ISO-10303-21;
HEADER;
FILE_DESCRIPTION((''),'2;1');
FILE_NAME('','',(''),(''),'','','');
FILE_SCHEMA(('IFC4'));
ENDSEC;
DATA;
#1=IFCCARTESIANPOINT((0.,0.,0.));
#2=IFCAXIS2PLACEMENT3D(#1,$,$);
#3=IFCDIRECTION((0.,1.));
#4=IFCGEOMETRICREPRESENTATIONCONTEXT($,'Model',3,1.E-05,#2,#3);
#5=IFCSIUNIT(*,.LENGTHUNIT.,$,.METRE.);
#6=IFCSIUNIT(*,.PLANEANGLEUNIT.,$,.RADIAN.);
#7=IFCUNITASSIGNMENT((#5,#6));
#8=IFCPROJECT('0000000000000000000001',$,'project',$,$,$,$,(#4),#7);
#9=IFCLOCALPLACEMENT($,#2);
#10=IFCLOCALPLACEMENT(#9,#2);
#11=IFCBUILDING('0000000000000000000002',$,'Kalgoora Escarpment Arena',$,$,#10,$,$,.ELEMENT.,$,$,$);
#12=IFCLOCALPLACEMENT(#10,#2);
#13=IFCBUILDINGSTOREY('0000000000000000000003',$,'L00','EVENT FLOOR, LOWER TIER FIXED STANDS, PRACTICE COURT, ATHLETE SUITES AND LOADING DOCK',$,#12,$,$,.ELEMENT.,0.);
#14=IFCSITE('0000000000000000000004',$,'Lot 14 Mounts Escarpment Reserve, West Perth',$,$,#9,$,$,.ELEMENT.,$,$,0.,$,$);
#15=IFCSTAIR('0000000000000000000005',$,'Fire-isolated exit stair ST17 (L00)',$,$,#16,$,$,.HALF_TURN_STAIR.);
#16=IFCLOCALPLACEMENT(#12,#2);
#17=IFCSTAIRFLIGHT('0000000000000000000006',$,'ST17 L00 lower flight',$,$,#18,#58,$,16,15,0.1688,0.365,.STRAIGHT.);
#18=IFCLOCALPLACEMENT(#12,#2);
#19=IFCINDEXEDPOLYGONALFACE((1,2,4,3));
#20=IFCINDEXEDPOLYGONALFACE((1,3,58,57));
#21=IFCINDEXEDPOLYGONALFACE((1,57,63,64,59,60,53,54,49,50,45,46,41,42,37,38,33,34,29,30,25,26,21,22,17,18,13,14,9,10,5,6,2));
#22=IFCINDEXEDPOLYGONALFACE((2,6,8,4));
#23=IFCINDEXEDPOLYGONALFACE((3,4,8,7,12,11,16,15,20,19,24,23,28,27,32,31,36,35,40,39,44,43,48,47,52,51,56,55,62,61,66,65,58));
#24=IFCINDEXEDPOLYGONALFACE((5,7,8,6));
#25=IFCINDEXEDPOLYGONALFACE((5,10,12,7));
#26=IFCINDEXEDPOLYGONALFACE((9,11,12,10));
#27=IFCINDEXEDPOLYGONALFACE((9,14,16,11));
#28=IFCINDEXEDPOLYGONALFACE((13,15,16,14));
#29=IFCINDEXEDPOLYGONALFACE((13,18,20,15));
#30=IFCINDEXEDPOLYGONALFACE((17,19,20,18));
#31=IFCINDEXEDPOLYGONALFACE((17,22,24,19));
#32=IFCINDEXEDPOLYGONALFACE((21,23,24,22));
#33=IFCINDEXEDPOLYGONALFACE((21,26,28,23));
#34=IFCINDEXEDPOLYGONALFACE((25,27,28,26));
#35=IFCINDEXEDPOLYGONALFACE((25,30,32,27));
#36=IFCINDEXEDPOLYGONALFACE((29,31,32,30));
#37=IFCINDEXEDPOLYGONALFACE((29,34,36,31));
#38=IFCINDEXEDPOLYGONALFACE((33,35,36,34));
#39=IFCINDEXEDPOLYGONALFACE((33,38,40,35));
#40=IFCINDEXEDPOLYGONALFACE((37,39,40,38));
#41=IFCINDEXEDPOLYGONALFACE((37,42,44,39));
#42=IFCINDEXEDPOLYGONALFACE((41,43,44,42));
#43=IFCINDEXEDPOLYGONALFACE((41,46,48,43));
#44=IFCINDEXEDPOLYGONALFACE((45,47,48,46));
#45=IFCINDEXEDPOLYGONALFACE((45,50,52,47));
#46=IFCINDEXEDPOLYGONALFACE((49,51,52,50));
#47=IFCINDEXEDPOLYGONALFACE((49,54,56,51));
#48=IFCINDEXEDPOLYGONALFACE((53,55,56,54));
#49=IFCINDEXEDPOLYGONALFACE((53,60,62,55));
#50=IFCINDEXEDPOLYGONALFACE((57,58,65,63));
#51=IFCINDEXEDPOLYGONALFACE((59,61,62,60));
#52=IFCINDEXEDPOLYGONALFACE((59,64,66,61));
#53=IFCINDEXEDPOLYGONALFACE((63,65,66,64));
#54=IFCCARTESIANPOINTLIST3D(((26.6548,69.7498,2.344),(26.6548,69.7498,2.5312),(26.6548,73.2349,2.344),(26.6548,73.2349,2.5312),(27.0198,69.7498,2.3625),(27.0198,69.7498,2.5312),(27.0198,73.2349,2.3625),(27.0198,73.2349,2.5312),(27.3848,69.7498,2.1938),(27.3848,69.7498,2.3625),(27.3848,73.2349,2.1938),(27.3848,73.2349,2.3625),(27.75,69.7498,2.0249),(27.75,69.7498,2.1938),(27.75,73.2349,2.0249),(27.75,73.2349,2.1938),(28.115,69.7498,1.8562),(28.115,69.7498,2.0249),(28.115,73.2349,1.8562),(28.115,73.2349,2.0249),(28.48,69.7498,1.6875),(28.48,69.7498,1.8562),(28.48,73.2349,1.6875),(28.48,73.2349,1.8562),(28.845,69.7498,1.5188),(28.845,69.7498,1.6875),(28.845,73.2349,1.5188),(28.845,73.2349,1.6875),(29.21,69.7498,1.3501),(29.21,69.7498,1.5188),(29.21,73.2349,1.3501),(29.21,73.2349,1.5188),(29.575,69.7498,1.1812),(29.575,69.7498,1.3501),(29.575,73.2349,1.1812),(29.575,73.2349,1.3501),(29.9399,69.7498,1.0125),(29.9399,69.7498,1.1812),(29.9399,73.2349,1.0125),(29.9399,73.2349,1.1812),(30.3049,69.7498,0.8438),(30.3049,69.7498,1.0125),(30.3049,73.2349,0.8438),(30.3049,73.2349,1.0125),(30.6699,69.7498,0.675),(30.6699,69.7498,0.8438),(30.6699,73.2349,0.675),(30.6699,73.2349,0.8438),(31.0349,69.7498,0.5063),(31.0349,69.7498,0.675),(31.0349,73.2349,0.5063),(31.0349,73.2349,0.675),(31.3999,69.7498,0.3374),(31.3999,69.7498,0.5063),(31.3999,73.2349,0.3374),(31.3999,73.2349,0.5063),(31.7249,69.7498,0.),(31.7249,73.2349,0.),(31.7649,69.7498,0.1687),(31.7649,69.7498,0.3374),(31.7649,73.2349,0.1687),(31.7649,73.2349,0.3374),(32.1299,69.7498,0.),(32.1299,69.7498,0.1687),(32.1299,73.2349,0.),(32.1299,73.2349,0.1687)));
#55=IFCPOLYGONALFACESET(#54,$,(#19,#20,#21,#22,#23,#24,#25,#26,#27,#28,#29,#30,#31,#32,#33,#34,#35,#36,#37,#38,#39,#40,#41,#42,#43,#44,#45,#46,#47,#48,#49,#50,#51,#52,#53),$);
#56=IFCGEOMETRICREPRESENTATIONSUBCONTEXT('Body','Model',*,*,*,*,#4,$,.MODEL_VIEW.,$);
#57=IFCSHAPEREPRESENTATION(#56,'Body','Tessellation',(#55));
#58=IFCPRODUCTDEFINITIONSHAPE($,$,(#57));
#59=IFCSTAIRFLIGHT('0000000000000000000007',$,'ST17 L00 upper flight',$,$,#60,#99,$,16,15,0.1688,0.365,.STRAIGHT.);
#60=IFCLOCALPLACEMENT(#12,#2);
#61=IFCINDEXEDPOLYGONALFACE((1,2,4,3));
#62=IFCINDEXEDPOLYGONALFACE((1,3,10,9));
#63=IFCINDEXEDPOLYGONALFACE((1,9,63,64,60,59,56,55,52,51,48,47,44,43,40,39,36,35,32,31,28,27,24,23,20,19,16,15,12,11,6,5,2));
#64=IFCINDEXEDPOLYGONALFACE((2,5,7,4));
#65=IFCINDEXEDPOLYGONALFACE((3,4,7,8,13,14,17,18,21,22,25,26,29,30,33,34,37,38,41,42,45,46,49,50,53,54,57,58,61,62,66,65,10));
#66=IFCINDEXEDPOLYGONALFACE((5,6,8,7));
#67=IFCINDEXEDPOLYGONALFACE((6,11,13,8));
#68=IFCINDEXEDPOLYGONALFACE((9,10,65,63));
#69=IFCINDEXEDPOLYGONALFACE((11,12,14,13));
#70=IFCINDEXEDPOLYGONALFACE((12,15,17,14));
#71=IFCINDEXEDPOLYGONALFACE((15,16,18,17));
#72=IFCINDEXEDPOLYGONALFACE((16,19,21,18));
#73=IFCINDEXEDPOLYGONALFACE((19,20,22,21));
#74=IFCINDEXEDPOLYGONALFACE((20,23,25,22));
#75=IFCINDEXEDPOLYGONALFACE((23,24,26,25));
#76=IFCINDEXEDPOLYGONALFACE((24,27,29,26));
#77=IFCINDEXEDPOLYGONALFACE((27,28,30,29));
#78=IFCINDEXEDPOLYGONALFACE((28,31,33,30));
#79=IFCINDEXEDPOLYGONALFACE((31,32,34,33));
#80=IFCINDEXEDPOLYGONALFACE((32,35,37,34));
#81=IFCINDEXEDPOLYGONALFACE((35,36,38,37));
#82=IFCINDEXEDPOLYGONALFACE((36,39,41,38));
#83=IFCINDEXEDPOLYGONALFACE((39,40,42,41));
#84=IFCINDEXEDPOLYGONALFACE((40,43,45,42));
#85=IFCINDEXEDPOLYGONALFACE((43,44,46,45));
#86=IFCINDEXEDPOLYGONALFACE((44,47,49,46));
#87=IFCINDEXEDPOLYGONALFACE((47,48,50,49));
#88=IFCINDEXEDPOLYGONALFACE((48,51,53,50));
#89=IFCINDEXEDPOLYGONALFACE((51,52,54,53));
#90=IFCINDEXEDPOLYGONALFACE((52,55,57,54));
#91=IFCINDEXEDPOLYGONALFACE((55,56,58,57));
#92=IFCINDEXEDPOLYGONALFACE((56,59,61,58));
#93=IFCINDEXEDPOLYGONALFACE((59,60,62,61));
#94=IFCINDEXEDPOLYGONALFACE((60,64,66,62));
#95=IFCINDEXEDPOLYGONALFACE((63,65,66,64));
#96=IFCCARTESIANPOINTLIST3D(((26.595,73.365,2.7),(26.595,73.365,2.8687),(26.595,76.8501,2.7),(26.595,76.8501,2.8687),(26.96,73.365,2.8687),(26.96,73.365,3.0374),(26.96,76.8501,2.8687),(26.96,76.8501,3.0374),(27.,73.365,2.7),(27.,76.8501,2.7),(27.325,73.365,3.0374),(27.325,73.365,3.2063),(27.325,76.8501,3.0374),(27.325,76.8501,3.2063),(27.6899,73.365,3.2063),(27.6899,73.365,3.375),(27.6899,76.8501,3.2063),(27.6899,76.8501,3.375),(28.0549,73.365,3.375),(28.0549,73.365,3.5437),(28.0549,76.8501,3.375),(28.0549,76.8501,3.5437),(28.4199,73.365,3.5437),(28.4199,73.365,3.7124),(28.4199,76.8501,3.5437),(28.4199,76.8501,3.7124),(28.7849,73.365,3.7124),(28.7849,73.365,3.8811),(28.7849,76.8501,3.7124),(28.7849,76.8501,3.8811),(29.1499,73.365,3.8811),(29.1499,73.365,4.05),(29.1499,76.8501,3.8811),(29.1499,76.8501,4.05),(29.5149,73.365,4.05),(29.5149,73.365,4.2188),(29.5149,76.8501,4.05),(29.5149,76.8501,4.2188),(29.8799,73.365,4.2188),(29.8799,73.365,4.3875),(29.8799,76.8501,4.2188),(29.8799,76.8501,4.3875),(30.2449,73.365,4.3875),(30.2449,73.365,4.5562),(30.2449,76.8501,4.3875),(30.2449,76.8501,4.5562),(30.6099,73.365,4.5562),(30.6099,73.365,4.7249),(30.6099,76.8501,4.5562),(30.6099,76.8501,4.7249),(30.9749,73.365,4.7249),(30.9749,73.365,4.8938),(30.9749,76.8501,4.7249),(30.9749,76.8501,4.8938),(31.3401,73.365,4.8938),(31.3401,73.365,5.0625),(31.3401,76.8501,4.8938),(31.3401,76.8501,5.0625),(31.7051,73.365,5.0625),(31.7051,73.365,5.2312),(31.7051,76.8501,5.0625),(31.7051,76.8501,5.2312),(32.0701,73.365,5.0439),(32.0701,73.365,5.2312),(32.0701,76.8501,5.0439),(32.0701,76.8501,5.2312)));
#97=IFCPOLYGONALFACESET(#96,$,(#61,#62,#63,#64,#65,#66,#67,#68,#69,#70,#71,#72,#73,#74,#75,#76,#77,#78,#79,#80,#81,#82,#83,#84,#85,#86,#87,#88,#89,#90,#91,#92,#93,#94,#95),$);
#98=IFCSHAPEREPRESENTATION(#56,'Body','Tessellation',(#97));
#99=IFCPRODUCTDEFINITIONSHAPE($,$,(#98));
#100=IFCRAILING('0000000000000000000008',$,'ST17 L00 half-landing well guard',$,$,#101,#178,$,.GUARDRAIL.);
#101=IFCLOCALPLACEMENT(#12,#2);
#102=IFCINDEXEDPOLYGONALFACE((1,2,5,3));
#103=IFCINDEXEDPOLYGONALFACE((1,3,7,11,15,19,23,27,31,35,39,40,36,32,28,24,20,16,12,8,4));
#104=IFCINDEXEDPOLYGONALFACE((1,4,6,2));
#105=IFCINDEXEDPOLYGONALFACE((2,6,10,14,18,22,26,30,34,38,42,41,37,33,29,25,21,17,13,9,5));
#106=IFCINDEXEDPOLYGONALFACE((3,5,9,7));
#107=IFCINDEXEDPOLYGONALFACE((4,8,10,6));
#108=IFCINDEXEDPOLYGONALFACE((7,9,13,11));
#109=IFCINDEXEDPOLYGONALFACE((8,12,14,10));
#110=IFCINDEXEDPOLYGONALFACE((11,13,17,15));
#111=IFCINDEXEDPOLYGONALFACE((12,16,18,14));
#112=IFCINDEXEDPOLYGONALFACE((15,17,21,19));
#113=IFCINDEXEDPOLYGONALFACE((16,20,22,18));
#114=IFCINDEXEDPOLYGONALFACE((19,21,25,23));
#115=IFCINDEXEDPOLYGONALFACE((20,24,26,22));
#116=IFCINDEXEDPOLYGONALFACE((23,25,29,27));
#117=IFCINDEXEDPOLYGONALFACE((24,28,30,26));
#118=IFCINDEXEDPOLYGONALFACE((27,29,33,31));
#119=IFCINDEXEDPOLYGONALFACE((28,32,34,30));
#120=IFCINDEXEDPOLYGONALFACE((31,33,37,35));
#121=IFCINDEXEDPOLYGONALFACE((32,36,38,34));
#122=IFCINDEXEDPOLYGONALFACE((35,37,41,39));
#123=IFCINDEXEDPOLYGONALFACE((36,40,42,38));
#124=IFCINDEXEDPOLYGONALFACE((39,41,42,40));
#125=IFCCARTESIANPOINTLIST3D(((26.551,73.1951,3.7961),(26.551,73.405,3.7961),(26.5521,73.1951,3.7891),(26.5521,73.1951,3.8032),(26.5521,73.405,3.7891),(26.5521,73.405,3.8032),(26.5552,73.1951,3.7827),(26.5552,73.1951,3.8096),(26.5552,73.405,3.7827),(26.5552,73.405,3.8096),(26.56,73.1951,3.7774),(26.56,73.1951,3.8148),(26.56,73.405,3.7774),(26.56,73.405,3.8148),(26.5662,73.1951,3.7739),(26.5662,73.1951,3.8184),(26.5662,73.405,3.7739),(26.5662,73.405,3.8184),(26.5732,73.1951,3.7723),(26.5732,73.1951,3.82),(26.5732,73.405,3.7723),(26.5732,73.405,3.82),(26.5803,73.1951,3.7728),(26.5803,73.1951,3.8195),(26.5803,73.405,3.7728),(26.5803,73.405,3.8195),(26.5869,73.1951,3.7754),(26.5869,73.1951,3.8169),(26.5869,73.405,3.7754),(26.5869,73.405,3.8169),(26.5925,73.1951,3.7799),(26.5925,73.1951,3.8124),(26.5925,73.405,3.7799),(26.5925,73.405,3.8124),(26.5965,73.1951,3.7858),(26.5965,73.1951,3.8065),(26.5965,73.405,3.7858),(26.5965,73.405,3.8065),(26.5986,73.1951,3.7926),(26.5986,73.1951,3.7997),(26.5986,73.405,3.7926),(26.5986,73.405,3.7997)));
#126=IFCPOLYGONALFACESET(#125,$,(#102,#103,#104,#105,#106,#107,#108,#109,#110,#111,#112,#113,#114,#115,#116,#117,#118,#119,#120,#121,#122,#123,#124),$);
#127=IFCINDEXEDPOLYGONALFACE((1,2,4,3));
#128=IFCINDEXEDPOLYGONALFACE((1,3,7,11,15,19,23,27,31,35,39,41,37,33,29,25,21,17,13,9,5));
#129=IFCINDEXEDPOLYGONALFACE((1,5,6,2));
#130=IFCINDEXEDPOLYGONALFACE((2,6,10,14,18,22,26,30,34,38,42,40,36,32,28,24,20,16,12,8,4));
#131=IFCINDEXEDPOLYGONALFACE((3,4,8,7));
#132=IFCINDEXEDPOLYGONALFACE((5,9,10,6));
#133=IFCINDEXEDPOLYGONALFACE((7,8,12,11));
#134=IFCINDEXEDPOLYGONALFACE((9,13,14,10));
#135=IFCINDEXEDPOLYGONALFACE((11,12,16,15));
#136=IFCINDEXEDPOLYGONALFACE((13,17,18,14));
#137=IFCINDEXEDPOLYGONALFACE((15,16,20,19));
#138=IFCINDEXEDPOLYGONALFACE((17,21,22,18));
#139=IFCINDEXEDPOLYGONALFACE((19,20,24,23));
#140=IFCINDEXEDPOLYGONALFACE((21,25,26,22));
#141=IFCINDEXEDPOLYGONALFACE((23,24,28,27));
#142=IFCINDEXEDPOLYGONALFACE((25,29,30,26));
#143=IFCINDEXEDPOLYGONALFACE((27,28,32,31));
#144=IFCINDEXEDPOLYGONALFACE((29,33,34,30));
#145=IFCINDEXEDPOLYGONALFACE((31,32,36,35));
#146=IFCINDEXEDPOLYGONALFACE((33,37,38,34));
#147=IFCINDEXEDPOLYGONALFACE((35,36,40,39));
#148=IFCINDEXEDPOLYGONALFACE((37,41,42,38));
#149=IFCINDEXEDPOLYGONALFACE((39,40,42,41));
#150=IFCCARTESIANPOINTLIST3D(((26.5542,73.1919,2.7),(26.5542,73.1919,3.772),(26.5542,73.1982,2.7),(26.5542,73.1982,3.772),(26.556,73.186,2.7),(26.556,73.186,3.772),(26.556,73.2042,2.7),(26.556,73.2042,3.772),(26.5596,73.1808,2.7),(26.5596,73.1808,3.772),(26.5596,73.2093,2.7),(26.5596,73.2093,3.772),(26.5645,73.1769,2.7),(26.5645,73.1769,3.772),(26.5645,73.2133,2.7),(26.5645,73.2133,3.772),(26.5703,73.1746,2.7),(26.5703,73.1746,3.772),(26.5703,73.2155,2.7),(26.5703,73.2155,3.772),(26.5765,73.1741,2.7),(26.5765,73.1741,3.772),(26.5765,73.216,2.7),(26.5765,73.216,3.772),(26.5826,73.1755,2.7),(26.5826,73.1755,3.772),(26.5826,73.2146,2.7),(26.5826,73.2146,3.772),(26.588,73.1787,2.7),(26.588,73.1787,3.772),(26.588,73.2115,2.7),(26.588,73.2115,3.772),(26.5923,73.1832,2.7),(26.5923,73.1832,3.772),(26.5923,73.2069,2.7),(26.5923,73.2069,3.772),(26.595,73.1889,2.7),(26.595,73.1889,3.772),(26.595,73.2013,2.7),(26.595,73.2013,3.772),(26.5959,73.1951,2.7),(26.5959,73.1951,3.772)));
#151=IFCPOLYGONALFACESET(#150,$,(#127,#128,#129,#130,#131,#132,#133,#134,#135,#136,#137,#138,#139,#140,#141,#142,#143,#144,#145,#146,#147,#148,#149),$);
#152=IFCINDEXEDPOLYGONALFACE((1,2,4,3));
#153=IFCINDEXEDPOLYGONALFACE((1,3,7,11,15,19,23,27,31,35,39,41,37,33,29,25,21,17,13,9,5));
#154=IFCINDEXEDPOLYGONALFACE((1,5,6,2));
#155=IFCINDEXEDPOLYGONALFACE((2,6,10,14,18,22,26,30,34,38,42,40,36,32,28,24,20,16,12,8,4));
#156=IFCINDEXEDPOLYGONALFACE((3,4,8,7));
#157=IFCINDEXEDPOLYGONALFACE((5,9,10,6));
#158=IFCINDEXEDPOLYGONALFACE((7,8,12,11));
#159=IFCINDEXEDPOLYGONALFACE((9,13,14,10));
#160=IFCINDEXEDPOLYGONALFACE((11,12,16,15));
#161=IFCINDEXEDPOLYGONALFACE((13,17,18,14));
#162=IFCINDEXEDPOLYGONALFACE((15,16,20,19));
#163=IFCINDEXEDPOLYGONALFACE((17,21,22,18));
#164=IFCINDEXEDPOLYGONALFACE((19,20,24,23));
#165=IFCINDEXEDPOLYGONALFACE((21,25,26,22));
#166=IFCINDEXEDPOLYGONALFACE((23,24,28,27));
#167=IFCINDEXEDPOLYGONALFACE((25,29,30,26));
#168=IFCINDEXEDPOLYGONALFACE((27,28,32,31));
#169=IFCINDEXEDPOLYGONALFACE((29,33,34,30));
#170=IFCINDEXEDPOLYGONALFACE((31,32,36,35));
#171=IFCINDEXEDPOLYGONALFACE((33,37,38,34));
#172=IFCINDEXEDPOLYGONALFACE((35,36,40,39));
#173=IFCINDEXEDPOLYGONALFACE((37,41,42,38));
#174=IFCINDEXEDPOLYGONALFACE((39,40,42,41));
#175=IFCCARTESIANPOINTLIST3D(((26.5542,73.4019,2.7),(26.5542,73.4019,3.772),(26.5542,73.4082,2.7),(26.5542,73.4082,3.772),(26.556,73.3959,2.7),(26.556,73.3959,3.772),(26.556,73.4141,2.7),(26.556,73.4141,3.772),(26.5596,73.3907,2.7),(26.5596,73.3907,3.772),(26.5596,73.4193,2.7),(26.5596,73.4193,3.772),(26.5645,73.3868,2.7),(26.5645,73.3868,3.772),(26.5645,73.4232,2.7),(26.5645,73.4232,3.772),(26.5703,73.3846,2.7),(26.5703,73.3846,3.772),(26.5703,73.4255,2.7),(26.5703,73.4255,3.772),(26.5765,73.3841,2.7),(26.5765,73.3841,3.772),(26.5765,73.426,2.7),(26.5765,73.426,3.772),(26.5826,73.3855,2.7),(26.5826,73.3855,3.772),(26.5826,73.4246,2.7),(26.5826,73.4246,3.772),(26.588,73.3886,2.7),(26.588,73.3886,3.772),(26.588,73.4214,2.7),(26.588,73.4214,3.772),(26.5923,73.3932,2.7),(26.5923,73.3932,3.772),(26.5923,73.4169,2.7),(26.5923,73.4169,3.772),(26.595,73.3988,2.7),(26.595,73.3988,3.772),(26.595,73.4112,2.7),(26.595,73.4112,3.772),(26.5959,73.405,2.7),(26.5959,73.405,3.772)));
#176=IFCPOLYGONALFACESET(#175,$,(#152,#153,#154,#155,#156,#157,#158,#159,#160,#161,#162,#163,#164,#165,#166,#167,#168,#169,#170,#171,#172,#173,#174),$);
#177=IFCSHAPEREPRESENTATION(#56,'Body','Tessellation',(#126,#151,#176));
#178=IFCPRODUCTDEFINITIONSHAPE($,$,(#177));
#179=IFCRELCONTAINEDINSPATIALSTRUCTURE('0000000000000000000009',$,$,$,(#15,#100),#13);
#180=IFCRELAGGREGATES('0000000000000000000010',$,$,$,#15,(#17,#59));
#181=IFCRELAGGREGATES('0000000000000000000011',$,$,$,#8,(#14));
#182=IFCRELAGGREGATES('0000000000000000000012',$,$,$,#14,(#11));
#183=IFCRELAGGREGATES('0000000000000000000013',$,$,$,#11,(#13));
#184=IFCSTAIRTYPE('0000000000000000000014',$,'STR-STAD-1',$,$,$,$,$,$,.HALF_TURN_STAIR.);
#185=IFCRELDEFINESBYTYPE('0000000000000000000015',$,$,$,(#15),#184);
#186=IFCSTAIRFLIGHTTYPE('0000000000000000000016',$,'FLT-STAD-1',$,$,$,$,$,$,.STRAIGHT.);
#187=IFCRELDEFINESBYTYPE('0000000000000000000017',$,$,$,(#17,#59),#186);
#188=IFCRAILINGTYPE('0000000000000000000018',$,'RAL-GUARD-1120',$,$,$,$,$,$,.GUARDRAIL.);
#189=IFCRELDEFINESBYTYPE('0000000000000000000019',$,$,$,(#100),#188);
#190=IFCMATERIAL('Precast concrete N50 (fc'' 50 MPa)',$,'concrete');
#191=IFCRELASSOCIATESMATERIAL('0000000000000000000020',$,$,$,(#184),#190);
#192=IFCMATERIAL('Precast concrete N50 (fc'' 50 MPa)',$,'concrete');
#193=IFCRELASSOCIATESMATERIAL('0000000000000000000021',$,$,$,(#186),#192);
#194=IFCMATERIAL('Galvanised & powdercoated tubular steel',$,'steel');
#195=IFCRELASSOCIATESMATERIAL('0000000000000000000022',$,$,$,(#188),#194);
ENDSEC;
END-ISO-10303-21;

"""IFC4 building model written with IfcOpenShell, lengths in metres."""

from ifc_helpers import new_model, si_unit, direction, frame, origin, origin_2d, place, context, subcontext, project, spatial, polyline, circle, outline, extrude, material, type_object, element, aggregate, save


model = new_model("IFC4")

# Units and contexts
model_context = context("Model", 3, precision=1e-05, world=origin(), true_north=direction((0.0, 1.0)))
body_context = subcontext(model_context, "Body", "Model", "MODEL_VIEW")
ifc_project = project(units=[si_unit("LENGTHUNIT", "METRE"), si_unit("PLANEANGLEUNIT", "RADIAN")], contexts=[model_context])

# Site, building, storey
site_placement = place(None, origin())
site = spatial("IfcSite", under=ifc_project, at=site_placement, Name="Lot 14 Mounts Escarpment Reserve, West Perth", CompositionType="ELEMENT", RefElevation=0.0)
building_placement = place(site_placement, origin())
building = spatial("IfcBuilding", under=site, at=building_placement, Name="Kalgoora Escarpment Arena", CompositionType="ELEMENT")
storey_placement = place(building_placement, origin())
storey = spatial("IfcBuildingStorey", under=building, at=storey_placement, Name="L00", Description="EVENT FLOOR, LOWER TIER FIXED STANDS, PRACTICE COURT, ATHLETE SUITES AND LOADING DOCK", CompositionType="ELEMENT", Elevation=0.0)

# Stair, stair flights
ifc_material_1 = material(Name="Precast concrete N50 (fc' 50 MPa)", Category="concrete")
stair_type = type_object("IfcStairType", Name="STR-STAD-1", PredefinedType="HALF_TURN_STAIR", material=ifc_material_1)
stair_placement = place(storey_placement, origin())
stair = element("IfcStair", 1, at=stair_placement, inside=storey, type_object=stair_type, Name="Fire-isolated exit stair ST17 (L00)", PredefinedType="HALF_TURN_STAIR")
ifc_material_2 = material(Name="Precast concrete N50 (fc' 50 MPa)", Category="concrete")
stair_flight_type = type_object("IfcStairFlightType", Name="FLT-STAD-1", PredefinedType="STRAIGHT", material=ifc_material_2)
stair_flight_1_placement = place(storey_placement, frame((32.1299, 71.4924, 0.0), z_axis=(0.0, 0.0, 1.0), x_axis=(-1.0, 0.0, 0.0)))
stair_flight_1 = element("IfcStairFlight", 2, at=stair_flight_1_placement, type_object=stair_flight_type, Name="ST17 L00 lower flight", NumberOfRisers=16, NumberOfTreads=15, PredefinedType="STRAIGHT", RiserHeight=0.1688, TreadLength=0.365, context=body_context, shape_type="SweptSolid", body=[
    extrude(outline(polyline([(0.0, 0.0), (0.0, 0.1687), (0.365, 0.1687), (0.365, 0.3374), (0.73, 0.3374), (0.73, 0.5063), (1.095, 0.5063), (1.095, 0.675), (1.46, 0.675), (1.46, 0.8438), (1.825, 0.8438), (1.825, 1.0125), (2.1899, 1.0125), (2.1899, 1.1812), (2.5549, 1.1812), (2.5549, 1.3501), (2.9199, 1.3501), (2.9199, 1.5188), (3.2849, 1.5188), (3.2849, 1.6875), (3.6499, 1.6875), (3.6499, 1.8562), (4.0149, 1.8562), (4.0149, 2.0249), (4.3799, 2.0249), (4.3799, 2.1938), (4.7451, 2.1938), (4.7451, 2.3625), (5.1101, 2.3625), (5.1101, 2.5312), (5.4751, 2.5312), (5.4751, 2.7), (5.4751, 2.344), (0.405, 0.0), (0.0, 0.0)])), frame((0.0, 1.7427, 0.0), z_axis=(0.0, -1.0, 0.0), x_axis=(1.0, 0.0, 0.0)), (0.0, 0.0, 1.0), 3.4851),
])
stair_flight_2_placement = place(storey_placement, frame((26.595, 75.1074, 2.7), z_axis=(0.0, 0.0, 1.0), x_axis=(1.0, 0.0, 0.0)))
stair_flight_2 = element("IfcStairFlight", 3, at=stair_flight_2_placement, type_object=stair_flight_type, Name="ST17 L00 upper flight", NumberOfRisers=16, NumberOfTreads=15, PredefinedType="STRAIGHT", RiserHeight=0.1688, TreadLength=0.365, context=body_context, shape_type="SweptSolid", body=[
    extrude(outline(polyline([(0.0, 0.0), (0.0, 0.1687), (0.365, 0.1687), (0.365, 0.3374), (0.73, 0.3374), (0.73, 0.5063), (1.095, 0.5063), (1.095, 0.675), (1.46, 0.675), (1.46, 0.8438), (1.825, 0.8438), (1.825, 1.0125), (2.1899, 1.0125), (2.1899, 1.1812), (2.5549, 1.1812), (2.5549, 1.3501), (2.9199, 1.3501), (2.9199, 1.5188), (3.2849, 1.5188), (3.2849, 1.6875), (3.6499, 1.6875), (3.6499, 1.8562), (4.0149, 1.8562), (4.0149, 2.0249), (4.3799, 2.0249), (4.3799, 2.1938), (4.7451, 2.1938), (4.7451, 2.3625), (5.1101, 2.3625), (5.1101, 2.5312), (5.4751, 2.5312), (5.4751, 2.7), (5.4751, 2.344), (0.405, 0.0), (0.0, 0.0)])), frame((0.0, 1.7427, 0.0), z_axis=(0.0, -1.0, 0.0), x_axis=(1.0, 0.0, 0.0)), (0.0, 0.0, 1.0), 3.4851),
])
aggregate(stair, [stair_flight_1, stair_flight_2])

# Railing
ifc_material_3 = material(Name="Galvanised & powdercoated tubular steel", Category="steel")
railing_type_1 = type_object("IfcRailingType", Name="RAL-GUARD-1120", PredefinedType="GUARDRAIL", material=ifc_material_3)
railing_1_placement = place(storey_placement, frame((26.575, 73.1951, 2.7)))
element("IfcRailing", 4, at=railing_1_placement, inside=storey, type_object=railing_type_1, Name="ST17 L00 half-landing well guard", PredefinedType="GUARDRAIL", context=body_context, shape_type="SweptSolid", body=[
    extrude(circle(Radius=0.0239, at=origin_2d()), frame((0.0, 0.0, 1.0962), z_axis=(0.0, 1.0, 0.0), x_axis=(-1.0, 0.0, 0.0)), (0.0, 0.0, 1.0), 0.21),
    extrude(circle(Radius=0.021, at=origin_2d()), origin(), (0.0, 0.0, 1.0), 1.072),
    extrude(circle(Radius=0.021, at=origin_2d()), frame((0.0, 0.21, 0.0)), (0.0, 0.0, 1.0), 1.072),
])

save(model, "model.ifc")
